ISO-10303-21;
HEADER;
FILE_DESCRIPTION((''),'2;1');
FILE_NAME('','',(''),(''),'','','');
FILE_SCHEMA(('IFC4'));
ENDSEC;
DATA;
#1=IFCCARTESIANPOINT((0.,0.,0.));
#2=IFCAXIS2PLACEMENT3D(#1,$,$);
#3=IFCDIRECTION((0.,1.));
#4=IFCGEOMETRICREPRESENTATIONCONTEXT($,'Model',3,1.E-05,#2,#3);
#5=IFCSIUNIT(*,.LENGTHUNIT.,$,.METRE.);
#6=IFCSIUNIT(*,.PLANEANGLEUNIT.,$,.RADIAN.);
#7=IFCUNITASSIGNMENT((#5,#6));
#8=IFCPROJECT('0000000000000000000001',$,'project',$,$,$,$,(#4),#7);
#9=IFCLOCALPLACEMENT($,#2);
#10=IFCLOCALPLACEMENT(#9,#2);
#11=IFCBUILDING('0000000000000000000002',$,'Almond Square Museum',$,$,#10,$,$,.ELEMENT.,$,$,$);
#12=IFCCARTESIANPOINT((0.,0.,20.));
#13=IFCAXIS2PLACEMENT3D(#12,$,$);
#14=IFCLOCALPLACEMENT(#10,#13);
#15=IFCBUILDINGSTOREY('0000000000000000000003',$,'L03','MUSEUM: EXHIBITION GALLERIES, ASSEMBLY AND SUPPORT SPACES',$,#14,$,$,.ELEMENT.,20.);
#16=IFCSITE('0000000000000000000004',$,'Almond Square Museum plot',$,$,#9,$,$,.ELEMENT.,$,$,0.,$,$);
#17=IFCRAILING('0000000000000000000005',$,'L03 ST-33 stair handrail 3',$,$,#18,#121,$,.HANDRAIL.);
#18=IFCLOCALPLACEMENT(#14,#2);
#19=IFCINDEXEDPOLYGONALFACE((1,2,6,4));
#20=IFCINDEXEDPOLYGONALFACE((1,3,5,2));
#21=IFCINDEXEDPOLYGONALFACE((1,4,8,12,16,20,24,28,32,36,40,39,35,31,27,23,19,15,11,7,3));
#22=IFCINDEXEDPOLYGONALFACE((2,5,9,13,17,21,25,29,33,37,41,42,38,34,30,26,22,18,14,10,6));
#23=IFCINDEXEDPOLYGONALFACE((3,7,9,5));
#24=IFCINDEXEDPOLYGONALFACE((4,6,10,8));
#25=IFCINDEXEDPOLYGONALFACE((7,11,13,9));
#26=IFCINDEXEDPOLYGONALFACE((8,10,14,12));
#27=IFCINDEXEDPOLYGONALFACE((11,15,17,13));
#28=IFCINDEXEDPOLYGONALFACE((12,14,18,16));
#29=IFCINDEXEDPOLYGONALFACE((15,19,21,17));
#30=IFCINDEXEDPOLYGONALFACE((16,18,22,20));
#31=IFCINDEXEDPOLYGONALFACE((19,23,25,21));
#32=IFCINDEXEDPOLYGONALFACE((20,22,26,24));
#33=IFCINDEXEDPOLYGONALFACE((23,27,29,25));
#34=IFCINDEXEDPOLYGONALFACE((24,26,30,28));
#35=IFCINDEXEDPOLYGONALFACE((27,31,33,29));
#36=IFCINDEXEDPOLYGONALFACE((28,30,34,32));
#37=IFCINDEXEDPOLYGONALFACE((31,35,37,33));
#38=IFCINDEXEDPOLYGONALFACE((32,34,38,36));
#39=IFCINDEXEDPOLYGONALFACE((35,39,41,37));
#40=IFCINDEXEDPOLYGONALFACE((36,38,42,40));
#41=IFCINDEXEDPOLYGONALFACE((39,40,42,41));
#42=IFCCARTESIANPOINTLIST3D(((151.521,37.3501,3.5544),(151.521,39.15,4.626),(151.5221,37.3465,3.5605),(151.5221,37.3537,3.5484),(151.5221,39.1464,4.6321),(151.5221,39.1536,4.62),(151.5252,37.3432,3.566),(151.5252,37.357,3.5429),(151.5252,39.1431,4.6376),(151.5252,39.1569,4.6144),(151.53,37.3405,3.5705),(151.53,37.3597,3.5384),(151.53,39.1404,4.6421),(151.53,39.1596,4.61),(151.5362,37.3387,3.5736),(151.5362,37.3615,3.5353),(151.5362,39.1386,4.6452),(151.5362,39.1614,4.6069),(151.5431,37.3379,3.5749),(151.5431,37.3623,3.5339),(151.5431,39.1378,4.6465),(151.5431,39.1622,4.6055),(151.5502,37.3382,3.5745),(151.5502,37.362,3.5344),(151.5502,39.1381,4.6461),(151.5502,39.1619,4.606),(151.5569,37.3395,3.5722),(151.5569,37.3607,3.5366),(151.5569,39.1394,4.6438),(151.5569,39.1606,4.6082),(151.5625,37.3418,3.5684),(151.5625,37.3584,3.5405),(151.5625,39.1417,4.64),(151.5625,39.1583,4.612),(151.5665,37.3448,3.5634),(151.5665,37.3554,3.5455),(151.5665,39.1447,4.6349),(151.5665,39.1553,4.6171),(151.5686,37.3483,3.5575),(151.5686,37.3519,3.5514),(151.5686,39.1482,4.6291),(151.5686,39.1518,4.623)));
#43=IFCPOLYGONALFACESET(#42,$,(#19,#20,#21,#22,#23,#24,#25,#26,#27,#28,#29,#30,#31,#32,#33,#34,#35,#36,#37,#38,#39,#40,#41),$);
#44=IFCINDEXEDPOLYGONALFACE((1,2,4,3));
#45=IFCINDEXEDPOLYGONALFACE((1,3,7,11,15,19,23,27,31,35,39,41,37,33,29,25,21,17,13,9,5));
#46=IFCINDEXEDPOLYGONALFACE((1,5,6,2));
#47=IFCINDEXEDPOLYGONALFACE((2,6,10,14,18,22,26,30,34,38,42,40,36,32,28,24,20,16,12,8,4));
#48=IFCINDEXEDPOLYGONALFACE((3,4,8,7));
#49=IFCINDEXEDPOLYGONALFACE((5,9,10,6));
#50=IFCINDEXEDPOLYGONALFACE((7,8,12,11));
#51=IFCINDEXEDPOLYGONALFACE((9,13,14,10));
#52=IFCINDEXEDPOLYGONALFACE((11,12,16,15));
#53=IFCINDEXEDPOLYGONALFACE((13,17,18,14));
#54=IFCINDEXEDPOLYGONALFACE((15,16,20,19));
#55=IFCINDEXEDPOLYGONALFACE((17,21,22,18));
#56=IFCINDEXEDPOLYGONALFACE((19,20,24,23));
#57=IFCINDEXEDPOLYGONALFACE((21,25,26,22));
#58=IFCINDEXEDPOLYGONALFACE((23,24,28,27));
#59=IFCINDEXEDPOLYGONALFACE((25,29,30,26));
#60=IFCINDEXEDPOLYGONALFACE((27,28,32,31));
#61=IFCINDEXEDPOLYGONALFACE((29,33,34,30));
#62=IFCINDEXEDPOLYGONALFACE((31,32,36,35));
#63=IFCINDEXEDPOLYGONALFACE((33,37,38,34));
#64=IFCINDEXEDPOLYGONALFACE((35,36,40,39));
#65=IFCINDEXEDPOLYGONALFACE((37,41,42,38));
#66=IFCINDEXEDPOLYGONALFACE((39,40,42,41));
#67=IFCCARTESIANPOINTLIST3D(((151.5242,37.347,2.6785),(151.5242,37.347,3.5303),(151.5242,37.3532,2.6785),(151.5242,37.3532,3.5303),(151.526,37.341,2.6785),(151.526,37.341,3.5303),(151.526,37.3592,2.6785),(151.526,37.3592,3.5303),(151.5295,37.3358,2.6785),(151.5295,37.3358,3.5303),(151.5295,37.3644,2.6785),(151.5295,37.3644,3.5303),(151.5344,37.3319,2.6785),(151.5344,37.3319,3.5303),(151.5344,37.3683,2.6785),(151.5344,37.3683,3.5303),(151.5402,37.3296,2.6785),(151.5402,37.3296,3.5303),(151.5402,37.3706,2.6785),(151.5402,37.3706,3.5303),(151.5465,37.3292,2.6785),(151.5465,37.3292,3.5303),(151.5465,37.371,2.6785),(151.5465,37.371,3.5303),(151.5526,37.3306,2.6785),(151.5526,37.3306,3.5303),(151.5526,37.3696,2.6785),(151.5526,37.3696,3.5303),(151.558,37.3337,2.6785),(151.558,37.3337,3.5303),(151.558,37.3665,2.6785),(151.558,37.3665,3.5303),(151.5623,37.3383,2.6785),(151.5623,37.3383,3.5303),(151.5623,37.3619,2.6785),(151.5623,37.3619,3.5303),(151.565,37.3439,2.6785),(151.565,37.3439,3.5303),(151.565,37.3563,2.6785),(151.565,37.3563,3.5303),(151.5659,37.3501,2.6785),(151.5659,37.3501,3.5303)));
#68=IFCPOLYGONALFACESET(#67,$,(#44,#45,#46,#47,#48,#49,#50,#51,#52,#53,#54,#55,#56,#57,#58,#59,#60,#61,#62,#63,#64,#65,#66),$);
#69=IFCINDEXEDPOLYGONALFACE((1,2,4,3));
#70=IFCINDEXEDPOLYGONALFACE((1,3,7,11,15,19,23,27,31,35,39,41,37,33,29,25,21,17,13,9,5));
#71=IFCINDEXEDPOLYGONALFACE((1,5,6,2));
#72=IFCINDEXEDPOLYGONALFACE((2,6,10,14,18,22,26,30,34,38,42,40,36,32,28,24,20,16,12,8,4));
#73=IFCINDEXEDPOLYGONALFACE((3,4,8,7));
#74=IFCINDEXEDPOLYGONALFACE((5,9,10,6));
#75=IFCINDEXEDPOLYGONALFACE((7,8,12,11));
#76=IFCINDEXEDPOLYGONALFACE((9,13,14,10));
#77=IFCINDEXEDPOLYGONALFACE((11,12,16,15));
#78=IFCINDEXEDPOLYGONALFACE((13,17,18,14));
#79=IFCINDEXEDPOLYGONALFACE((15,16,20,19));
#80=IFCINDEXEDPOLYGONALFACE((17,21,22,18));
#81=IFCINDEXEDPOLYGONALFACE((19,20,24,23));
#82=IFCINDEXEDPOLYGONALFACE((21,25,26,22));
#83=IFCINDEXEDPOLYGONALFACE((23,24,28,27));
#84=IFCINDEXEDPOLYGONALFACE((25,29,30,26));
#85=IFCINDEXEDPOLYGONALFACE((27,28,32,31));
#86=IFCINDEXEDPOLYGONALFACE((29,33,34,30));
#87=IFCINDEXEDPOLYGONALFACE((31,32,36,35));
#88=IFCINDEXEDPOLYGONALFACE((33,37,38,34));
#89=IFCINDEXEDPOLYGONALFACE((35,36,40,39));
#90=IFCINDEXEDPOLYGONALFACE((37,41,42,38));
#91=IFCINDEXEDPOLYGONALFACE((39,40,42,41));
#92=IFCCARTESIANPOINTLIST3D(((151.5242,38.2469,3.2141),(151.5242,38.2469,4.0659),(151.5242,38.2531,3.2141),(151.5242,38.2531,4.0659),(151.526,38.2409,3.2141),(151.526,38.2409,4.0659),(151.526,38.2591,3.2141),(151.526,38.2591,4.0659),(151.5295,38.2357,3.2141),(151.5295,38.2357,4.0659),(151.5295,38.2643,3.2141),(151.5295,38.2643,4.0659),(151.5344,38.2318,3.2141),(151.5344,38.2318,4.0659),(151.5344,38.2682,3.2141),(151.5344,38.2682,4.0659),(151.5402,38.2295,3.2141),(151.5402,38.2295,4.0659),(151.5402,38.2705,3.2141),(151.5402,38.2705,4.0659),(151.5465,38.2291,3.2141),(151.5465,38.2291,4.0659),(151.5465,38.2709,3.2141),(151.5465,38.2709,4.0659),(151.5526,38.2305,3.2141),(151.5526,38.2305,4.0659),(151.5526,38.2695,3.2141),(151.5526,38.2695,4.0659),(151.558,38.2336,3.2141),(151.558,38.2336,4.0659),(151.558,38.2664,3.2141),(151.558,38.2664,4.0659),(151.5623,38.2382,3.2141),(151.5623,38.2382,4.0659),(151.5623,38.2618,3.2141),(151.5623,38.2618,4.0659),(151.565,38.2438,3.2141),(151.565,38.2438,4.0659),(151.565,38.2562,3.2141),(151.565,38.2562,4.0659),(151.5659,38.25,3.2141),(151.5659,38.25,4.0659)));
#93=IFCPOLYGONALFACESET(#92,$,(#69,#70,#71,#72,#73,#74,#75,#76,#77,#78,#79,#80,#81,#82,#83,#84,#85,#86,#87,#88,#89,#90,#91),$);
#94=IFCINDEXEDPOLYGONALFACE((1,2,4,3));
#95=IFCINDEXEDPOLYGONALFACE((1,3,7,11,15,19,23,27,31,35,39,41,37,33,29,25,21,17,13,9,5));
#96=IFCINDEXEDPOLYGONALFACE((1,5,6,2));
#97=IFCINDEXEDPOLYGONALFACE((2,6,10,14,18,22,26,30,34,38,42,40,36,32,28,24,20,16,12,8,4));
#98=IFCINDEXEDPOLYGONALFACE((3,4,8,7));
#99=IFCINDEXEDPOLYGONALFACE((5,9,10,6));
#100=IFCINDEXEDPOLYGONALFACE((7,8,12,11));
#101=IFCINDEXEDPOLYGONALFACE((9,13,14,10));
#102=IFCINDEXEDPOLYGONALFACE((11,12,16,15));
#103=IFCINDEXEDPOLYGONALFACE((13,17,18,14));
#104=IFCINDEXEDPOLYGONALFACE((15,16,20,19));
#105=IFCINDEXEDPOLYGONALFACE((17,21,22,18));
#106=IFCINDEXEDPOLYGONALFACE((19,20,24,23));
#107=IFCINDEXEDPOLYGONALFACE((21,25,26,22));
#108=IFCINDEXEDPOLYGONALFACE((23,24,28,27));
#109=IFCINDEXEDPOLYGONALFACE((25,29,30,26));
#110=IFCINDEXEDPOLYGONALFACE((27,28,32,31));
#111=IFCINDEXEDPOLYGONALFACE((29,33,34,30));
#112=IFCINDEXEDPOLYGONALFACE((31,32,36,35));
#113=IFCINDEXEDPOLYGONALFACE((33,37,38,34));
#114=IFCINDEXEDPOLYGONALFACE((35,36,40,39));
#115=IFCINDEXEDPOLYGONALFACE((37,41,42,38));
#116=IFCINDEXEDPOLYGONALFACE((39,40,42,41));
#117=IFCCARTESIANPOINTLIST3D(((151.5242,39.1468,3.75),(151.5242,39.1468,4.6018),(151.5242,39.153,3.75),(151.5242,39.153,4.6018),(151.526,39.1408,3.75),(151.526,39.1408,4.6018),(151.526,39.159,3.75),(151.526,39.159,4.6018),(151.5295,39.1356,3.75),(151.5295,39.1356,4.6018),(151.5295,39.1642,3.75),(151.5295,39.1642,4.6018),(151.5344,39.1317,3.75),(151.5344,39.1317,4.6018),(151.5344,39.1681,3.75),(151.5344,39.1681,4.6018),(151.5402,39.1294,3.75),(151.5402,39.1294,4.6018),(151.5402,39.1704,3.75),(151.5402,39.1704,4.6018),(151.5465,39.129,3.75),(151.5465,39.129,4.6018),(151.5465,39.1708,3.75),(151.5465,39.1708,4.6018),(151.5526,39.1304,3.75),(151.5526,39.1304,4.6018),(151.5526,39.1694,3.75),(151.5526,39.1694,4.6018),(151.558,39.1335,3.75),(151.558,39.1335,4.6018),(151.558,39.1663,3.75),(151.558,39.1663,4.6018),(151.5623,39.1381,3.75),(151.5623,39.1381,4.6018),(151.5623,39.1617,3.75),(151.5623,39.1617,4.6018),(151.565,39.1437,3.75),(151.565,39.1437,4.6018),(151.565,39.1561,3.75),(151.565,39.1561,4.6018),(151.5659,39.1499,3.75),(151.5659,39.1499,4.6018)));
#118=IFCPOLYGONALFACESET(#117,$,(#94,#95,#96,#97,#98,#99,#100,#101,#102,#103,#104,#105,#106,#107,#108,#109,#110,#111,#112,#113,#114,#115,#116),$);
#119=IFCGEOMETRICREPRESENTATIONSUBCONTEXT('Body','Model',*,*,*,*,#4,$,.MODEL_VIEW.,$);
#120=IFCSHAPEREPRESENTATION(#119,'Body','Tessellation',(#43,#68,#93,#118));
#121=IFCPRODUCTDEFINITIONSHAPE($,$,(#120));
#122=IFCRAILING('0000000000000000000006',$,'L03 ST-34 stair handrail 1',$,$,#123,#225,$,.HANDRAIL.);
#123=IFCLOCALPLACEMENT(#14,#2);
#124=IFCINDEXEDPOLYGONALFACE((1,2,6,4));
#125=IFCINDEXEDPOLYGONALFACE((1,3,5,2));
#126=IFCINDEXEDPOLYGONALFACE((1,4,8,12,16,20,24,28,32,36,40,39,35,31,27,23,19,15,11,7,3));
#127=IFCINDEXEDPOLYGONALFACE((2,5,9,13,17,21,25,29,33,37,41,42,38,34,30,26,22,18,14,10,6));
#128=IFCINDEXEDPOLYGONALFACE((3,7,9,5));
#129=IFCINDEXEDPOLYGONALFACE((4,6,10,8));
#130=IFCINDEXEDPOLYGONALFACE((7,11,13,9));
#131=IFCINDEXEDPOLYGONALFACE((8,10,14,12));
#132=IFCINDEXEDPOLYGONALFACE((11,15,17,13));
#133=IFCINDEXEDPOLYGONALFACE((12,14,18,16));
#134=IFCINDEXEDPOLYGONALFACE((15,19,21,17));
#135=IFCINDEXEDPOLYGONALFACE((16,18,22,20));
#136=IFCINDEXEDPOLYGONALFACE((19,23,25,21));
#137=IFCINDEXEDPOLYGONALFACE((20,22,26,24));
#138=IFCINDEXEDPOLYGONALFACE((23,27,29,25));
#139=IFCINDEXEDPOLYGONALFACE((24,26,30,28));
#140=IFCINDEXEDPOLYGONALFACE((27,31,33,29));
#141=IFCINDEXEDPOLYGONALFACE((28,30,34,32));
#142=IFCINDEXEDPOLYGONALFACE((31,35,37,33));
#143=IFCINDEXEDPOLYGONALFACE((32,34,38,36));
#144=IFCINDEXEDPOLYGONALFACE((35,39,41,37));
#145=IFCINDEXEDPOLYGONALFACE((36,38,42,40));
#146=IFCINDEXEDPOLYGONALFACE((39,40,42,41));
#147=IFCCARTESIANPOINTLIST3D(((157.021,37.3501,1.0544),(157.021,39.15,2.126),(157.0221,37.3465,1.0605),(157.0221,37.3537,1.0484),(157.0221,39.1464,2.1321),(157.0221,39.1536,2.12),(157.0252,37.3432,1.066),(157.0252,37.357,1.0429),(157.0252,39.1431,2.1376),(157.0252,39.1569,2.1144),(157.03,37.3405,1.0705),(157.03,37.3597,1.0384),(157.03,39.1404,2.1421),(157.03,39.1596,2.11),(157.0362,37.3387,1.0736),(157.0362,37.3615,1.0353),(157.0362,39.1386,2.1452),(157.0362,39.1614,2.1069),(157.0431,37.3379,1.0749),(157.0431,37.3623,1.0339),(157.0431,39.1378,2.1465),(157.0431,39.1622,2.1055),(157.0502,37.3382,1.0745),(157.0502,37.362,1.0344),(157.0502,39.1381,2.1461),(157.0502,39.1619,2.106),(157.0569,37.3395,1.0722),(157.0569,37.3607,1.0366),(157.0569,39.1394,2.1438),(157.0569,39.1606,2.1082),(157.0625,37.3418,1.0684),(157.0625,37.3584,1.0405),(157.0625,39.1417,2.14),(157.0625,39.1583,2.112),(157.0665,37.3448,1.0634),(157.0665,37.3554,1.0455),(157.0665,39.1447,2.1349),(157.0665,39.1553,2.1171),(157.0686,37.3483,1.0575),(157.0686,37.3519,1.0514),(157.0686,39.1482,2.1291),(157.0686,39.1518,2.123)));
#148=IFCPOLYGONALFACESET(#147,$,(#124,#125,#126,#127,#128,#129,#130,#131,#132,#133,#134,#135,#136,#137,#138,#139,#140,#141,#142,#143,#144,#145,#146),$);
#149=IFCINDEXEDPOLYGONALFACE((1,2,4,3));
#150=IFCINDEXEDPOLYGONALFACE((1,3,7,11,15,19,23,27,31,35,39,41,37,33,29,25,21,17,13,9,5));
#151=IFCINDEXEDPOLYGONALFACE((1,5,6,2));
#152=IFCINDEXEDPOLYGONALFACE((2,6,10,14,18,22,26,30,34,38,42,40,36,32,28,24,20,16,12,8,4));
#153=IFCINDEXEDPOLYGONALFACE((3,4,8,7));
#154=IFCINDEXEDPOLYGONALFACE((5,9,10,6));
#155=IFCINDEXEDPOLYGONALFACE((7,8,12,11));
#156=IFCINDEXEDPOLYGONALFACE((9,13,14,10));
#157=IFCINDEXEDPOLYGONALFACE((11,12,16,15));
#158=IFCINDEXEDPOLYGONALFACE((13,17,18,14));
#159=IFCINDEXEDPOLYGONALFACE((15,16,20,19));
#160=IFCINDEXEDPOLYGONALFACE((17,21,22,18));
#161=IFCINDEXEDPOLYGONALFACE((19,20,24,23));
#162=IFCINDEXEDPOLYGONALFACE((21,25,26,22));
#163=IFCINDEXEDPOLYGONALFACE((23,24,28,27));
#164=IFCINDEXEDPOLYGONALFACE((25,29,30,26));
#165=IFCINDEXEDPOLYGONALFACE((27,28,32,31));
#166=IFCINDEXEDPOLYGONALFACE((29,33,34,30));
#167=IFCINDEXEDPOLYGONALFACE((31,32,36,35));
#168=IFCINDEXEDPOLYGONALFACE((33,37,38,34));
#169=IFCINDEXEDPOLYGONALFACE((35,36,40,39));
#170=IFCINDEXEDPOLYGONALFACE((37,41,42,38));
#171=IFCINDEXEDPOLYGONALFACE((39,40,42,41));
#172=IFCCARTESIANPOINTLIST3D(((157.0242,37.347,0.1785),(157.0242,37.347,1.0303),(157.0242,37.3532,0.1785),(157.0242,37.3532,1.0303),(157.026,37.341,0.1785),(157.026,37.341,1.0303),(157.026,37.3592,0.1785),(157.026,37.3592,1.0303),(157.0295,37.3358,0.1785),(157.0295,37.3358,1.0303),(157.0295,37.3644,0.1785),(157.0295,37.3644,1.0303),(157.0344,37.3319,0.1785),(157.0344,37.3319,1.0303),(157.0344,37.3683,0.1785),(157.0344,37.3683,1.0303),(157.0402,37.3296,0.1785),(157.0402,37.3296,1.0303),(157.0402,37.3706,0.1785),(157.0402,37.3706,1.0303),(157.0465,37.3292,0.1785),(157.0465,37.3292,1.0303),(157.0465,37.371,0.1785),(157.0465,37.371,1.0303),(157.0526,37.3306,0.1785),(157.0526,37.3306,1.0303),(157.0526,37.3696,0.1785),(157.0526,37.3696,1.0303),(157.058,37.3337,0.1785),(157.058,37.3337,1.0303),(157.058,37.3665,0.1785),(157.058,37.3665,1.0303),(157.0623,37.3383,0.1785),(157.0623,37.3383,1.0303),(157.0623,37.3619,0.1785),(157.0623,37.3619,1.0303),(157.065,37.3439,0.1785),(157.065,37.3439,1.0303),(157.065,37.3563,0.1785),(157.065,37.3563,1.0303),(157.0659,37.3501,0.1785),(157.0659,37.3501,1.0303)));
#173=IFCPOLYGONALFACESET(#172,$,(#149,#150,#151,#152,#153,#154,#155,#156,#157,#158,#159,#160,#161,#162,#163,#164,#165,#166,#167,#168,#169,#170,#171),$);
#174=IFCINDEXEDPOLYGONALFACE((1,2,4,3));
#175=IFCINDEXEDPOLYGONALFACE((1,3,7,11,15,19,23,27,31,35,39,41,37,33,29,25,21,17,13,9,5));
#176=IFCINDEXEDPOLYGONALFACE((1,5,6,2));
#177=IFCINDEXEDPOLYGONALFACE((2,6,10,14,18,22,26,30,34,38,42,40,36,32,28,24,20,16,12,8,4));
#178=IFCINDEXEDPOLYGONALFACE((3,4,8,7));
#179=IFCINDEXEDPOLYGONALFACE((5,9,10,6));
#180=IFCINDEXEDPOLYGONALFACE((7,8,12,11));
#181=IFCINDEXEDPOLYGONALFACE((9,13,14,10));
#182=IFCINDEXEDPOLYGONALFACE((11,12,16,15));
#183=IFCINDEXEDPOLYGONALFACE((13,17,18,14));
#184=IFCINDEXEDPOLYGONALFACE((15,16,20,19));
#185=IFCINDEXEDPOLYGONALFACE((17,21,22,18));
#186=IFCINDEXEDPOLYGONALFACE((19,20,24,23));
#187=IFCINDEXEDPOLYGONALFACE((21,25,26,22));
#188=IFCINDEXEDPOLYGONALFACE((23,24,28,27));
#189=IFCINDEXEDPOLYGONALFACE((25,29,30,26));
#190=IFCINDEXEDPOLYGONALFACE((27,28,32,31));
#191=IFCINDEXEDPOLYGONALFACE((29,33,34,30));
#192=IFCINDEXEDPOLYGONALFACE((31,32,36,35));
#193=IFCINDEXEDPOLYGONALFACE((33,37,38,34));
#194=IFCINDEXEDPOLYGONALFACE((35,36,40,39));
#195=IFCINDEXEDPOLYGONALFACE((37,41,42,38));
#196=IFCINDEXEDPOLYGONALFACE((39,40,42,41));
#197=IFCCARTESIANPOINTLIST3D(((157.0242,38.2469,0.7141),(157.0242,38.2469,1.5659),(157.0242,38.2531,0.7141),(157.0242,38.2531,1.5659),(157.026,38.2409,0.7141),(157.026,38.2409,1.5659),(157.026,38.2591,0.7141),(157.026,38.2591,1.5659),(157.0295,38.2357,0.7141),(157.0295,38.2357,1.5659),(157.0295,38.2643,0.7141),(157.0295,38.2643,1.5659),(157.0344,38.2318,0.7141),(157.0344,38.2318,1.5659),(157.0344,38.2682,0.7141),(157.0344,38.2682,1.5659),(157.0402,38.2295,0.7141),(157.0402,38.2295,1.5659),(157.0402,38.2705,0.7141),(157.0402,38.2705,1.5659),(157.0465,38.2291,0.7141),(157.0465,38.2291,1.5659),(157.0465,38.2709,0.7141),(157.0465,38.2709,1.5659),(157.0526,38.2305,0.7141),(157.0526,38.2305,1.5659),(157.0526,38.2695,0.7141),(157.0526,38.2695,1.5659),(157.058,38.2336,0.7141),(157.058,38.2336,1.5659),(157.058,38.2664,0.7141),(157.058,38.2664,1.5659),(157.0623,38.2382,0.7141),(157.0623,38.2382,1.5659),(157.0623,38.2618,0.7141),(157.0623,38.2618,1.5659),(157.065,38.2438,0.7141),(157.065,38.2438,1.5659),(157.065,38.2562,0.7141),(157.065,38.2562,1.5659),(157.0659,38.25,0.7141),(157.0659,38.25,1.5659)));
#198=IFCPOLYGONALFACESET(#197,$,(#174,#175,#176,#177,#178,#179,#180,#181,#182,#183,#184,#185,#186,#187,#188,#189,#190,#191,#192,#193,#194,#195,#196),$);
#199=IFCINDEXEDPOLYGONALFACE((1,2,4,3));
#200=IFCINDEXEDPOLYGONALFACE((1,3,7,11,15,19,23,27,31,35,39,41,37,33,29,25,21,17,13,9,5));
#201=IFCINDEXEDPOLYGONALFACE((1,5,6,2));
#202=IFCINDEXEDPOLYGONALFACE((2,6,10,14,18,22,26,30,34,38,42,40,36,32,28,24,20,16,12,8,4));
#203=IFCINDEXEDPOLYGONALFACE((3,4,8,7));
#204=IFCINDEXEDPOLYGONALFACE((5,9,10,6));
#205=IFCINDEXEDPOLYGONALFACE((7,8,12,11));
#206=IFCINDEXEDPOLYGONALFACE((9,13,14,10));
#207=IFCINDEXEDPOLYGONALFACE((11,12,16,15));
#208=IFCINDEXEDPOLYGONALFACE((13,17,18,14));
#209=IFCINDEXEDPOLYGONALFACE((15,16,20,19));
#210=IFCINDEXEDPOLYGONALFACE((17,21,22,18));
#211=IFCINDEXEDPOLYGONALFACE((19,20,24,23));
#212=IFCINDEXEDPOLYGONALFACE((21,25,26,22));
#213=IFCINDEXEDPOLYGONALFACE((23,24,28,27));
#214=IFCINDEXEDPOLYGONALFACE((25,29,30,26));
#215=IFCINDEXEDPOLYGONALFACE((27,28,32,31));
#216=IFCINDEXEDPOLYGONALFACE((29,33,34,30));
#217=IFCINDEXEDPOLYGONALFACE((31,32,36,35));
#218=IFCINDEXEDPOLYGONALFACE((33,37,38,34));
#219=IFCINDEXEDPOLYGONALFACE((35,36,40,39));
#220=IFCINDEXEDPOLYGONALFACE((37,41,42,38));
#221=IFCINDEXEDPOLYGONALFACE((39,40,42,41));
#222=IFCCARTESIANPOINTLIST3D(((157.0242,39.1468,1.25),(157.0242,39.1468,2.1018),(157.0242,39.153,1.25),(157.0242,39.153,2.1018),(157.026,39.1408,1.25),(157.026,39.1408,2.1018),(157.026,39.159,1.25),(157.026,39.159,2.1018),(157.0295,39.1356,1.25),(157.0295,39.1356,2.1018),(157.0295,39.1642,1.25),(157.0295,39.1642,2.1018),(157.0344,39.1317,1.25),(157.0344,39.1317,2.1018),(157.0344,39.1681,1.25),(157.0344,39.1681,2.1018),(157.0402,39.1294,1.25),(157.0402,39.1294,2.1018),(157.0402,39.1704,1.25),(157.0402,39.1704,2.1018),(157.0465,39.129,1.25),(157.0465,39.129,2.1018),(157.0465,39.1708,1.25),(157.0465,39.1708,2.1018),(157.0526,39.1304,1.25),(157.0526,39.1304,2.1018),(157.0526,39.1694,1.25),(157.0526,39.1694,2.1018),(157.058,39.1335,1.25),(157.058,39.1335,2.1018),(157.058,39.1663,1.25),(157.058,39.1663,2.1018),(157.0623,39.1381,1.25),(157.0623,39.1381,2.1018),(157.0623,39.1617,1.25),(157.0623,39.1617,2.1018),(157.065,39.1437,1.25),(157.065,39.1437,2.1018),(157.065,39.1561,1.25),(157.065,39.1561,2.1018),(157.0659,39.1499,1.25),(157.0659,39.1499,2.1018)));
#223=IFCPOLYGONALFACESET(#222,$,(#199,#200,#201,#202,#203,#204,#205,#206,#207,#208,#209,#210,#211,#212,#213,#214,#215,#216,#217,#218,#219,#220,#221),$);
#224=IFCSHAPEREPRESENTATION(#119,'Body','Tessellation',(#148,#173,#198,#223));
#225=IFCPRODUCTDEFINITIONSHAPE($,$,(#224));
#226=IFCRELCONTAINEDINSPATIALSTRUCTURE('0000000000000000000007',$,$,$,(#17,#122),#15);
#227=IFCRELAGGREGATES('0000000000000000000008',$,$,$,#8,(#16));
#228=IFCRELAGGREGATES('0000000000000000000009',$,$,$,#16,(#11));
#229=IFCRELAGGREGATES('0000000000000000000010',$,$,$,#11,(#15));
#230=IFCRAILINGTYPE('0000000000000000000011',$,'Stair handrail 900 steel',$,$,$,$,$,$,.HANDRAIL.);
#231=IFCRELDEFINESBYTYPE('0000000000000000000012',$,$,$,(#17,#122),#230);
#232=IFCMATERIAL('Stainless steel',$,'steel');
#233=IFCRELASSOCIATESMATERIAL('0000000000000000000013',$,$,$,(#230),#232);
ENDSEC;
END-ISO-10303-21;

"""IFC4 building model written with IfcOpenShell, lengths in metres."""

from ifc_helpers import new_model, si_unit, direction, frame, origin, origin_2d, place, context, subcontext, project, spatial, circle, extrude, material, type_object, element, save


model = new_model("IFC4")

# Units and contexts
model_context = context("Model", 3, precision=1e-05, world=origin(), true_north=direction((0.0, 1.0)))
body_context = subcontext(model_context, "Body", "Model", "MODEL_VIEW")
ifc_project = project(units=[si_unit("LENGTHUNIT", "METRE"), si_unit("PLANEANGLEUNIT", "RADIAN")], contexts=[model_context])

# Site, building, storey
site_placement = place(None, origin())
site = spatial("IfcSite", under=ifc_project, at=site_placement, Name="Almond Square Museum plot", CompositionType="ELEMENT", RefElevation=0.0)
building_placement = place(site_placement, origin())
building = spatial("IfcBuilding", under=site, at=building_placement, Name="Almond Square Museum", CompositionType="ELEMENT")
storey_placement = place(building_placement, frame((0.0, 0.0, 20.0)))
storey = spatial("IfcBuildingStorey", under=building, at=storey_placement, Name="L03", Description="MUSEUM: EXHIBITION GALLERIES, ASSEMBLY AND SUPPORT SPACES", CompositionType="ELEMENT", Elevation=20.0)

# Railings
ifc_material_1 = material(Name="Stainless steel", Category="steel")
railing_type_1 = type_object("IfcRailingType", Name="Stair handrail 900 steel", PredefinedType="HANDRAIL", material=ifc_material_1)
for number, where, name in (
    (1, (151.5449, 37.3501, 2.6785), "L03 ST-33 stair handrail 3"),
    (2, (157.0449, 37.3501, 0.1785), "L03 ST-34 stair handrail 1"),
):
    element("IfcRailing", number, at=place(storey_placement, frame(where)), inside=storey, type_object=railing_type_1, Name=name, PredefinedType="HANDRAIL", context=body_context, shape_type="SweptSolid", body=[
        extrude(circle(Radius=0.0239, at=origin_2d()), frame((0.0, 0.0, 0.876), z_axis=(0.0, 0.859247, 0.511562), x_axis=(-1.0, 0.0, 0.0)), (0.0, 0.0, 1.0), 2.0947),
        extrude(circle(Radius=0.021, at=origin_2d()), origin(), (0.0, 0.0, 1.0), 0.8518),
        extrude(circle(Radius=0.021, at=origin_2d()), frame((0.0, 0.8999, 0.5356)), (0.0, 0.0, 1.0), 0.8518),
        extrude(circle(Radius=0.021, at=origin_2d()), frame((0.0, 1.7998, 1.0715)), (0.0, 0.0, 1.0), 0.8518),
    ])

save(model, "model.ifc")
